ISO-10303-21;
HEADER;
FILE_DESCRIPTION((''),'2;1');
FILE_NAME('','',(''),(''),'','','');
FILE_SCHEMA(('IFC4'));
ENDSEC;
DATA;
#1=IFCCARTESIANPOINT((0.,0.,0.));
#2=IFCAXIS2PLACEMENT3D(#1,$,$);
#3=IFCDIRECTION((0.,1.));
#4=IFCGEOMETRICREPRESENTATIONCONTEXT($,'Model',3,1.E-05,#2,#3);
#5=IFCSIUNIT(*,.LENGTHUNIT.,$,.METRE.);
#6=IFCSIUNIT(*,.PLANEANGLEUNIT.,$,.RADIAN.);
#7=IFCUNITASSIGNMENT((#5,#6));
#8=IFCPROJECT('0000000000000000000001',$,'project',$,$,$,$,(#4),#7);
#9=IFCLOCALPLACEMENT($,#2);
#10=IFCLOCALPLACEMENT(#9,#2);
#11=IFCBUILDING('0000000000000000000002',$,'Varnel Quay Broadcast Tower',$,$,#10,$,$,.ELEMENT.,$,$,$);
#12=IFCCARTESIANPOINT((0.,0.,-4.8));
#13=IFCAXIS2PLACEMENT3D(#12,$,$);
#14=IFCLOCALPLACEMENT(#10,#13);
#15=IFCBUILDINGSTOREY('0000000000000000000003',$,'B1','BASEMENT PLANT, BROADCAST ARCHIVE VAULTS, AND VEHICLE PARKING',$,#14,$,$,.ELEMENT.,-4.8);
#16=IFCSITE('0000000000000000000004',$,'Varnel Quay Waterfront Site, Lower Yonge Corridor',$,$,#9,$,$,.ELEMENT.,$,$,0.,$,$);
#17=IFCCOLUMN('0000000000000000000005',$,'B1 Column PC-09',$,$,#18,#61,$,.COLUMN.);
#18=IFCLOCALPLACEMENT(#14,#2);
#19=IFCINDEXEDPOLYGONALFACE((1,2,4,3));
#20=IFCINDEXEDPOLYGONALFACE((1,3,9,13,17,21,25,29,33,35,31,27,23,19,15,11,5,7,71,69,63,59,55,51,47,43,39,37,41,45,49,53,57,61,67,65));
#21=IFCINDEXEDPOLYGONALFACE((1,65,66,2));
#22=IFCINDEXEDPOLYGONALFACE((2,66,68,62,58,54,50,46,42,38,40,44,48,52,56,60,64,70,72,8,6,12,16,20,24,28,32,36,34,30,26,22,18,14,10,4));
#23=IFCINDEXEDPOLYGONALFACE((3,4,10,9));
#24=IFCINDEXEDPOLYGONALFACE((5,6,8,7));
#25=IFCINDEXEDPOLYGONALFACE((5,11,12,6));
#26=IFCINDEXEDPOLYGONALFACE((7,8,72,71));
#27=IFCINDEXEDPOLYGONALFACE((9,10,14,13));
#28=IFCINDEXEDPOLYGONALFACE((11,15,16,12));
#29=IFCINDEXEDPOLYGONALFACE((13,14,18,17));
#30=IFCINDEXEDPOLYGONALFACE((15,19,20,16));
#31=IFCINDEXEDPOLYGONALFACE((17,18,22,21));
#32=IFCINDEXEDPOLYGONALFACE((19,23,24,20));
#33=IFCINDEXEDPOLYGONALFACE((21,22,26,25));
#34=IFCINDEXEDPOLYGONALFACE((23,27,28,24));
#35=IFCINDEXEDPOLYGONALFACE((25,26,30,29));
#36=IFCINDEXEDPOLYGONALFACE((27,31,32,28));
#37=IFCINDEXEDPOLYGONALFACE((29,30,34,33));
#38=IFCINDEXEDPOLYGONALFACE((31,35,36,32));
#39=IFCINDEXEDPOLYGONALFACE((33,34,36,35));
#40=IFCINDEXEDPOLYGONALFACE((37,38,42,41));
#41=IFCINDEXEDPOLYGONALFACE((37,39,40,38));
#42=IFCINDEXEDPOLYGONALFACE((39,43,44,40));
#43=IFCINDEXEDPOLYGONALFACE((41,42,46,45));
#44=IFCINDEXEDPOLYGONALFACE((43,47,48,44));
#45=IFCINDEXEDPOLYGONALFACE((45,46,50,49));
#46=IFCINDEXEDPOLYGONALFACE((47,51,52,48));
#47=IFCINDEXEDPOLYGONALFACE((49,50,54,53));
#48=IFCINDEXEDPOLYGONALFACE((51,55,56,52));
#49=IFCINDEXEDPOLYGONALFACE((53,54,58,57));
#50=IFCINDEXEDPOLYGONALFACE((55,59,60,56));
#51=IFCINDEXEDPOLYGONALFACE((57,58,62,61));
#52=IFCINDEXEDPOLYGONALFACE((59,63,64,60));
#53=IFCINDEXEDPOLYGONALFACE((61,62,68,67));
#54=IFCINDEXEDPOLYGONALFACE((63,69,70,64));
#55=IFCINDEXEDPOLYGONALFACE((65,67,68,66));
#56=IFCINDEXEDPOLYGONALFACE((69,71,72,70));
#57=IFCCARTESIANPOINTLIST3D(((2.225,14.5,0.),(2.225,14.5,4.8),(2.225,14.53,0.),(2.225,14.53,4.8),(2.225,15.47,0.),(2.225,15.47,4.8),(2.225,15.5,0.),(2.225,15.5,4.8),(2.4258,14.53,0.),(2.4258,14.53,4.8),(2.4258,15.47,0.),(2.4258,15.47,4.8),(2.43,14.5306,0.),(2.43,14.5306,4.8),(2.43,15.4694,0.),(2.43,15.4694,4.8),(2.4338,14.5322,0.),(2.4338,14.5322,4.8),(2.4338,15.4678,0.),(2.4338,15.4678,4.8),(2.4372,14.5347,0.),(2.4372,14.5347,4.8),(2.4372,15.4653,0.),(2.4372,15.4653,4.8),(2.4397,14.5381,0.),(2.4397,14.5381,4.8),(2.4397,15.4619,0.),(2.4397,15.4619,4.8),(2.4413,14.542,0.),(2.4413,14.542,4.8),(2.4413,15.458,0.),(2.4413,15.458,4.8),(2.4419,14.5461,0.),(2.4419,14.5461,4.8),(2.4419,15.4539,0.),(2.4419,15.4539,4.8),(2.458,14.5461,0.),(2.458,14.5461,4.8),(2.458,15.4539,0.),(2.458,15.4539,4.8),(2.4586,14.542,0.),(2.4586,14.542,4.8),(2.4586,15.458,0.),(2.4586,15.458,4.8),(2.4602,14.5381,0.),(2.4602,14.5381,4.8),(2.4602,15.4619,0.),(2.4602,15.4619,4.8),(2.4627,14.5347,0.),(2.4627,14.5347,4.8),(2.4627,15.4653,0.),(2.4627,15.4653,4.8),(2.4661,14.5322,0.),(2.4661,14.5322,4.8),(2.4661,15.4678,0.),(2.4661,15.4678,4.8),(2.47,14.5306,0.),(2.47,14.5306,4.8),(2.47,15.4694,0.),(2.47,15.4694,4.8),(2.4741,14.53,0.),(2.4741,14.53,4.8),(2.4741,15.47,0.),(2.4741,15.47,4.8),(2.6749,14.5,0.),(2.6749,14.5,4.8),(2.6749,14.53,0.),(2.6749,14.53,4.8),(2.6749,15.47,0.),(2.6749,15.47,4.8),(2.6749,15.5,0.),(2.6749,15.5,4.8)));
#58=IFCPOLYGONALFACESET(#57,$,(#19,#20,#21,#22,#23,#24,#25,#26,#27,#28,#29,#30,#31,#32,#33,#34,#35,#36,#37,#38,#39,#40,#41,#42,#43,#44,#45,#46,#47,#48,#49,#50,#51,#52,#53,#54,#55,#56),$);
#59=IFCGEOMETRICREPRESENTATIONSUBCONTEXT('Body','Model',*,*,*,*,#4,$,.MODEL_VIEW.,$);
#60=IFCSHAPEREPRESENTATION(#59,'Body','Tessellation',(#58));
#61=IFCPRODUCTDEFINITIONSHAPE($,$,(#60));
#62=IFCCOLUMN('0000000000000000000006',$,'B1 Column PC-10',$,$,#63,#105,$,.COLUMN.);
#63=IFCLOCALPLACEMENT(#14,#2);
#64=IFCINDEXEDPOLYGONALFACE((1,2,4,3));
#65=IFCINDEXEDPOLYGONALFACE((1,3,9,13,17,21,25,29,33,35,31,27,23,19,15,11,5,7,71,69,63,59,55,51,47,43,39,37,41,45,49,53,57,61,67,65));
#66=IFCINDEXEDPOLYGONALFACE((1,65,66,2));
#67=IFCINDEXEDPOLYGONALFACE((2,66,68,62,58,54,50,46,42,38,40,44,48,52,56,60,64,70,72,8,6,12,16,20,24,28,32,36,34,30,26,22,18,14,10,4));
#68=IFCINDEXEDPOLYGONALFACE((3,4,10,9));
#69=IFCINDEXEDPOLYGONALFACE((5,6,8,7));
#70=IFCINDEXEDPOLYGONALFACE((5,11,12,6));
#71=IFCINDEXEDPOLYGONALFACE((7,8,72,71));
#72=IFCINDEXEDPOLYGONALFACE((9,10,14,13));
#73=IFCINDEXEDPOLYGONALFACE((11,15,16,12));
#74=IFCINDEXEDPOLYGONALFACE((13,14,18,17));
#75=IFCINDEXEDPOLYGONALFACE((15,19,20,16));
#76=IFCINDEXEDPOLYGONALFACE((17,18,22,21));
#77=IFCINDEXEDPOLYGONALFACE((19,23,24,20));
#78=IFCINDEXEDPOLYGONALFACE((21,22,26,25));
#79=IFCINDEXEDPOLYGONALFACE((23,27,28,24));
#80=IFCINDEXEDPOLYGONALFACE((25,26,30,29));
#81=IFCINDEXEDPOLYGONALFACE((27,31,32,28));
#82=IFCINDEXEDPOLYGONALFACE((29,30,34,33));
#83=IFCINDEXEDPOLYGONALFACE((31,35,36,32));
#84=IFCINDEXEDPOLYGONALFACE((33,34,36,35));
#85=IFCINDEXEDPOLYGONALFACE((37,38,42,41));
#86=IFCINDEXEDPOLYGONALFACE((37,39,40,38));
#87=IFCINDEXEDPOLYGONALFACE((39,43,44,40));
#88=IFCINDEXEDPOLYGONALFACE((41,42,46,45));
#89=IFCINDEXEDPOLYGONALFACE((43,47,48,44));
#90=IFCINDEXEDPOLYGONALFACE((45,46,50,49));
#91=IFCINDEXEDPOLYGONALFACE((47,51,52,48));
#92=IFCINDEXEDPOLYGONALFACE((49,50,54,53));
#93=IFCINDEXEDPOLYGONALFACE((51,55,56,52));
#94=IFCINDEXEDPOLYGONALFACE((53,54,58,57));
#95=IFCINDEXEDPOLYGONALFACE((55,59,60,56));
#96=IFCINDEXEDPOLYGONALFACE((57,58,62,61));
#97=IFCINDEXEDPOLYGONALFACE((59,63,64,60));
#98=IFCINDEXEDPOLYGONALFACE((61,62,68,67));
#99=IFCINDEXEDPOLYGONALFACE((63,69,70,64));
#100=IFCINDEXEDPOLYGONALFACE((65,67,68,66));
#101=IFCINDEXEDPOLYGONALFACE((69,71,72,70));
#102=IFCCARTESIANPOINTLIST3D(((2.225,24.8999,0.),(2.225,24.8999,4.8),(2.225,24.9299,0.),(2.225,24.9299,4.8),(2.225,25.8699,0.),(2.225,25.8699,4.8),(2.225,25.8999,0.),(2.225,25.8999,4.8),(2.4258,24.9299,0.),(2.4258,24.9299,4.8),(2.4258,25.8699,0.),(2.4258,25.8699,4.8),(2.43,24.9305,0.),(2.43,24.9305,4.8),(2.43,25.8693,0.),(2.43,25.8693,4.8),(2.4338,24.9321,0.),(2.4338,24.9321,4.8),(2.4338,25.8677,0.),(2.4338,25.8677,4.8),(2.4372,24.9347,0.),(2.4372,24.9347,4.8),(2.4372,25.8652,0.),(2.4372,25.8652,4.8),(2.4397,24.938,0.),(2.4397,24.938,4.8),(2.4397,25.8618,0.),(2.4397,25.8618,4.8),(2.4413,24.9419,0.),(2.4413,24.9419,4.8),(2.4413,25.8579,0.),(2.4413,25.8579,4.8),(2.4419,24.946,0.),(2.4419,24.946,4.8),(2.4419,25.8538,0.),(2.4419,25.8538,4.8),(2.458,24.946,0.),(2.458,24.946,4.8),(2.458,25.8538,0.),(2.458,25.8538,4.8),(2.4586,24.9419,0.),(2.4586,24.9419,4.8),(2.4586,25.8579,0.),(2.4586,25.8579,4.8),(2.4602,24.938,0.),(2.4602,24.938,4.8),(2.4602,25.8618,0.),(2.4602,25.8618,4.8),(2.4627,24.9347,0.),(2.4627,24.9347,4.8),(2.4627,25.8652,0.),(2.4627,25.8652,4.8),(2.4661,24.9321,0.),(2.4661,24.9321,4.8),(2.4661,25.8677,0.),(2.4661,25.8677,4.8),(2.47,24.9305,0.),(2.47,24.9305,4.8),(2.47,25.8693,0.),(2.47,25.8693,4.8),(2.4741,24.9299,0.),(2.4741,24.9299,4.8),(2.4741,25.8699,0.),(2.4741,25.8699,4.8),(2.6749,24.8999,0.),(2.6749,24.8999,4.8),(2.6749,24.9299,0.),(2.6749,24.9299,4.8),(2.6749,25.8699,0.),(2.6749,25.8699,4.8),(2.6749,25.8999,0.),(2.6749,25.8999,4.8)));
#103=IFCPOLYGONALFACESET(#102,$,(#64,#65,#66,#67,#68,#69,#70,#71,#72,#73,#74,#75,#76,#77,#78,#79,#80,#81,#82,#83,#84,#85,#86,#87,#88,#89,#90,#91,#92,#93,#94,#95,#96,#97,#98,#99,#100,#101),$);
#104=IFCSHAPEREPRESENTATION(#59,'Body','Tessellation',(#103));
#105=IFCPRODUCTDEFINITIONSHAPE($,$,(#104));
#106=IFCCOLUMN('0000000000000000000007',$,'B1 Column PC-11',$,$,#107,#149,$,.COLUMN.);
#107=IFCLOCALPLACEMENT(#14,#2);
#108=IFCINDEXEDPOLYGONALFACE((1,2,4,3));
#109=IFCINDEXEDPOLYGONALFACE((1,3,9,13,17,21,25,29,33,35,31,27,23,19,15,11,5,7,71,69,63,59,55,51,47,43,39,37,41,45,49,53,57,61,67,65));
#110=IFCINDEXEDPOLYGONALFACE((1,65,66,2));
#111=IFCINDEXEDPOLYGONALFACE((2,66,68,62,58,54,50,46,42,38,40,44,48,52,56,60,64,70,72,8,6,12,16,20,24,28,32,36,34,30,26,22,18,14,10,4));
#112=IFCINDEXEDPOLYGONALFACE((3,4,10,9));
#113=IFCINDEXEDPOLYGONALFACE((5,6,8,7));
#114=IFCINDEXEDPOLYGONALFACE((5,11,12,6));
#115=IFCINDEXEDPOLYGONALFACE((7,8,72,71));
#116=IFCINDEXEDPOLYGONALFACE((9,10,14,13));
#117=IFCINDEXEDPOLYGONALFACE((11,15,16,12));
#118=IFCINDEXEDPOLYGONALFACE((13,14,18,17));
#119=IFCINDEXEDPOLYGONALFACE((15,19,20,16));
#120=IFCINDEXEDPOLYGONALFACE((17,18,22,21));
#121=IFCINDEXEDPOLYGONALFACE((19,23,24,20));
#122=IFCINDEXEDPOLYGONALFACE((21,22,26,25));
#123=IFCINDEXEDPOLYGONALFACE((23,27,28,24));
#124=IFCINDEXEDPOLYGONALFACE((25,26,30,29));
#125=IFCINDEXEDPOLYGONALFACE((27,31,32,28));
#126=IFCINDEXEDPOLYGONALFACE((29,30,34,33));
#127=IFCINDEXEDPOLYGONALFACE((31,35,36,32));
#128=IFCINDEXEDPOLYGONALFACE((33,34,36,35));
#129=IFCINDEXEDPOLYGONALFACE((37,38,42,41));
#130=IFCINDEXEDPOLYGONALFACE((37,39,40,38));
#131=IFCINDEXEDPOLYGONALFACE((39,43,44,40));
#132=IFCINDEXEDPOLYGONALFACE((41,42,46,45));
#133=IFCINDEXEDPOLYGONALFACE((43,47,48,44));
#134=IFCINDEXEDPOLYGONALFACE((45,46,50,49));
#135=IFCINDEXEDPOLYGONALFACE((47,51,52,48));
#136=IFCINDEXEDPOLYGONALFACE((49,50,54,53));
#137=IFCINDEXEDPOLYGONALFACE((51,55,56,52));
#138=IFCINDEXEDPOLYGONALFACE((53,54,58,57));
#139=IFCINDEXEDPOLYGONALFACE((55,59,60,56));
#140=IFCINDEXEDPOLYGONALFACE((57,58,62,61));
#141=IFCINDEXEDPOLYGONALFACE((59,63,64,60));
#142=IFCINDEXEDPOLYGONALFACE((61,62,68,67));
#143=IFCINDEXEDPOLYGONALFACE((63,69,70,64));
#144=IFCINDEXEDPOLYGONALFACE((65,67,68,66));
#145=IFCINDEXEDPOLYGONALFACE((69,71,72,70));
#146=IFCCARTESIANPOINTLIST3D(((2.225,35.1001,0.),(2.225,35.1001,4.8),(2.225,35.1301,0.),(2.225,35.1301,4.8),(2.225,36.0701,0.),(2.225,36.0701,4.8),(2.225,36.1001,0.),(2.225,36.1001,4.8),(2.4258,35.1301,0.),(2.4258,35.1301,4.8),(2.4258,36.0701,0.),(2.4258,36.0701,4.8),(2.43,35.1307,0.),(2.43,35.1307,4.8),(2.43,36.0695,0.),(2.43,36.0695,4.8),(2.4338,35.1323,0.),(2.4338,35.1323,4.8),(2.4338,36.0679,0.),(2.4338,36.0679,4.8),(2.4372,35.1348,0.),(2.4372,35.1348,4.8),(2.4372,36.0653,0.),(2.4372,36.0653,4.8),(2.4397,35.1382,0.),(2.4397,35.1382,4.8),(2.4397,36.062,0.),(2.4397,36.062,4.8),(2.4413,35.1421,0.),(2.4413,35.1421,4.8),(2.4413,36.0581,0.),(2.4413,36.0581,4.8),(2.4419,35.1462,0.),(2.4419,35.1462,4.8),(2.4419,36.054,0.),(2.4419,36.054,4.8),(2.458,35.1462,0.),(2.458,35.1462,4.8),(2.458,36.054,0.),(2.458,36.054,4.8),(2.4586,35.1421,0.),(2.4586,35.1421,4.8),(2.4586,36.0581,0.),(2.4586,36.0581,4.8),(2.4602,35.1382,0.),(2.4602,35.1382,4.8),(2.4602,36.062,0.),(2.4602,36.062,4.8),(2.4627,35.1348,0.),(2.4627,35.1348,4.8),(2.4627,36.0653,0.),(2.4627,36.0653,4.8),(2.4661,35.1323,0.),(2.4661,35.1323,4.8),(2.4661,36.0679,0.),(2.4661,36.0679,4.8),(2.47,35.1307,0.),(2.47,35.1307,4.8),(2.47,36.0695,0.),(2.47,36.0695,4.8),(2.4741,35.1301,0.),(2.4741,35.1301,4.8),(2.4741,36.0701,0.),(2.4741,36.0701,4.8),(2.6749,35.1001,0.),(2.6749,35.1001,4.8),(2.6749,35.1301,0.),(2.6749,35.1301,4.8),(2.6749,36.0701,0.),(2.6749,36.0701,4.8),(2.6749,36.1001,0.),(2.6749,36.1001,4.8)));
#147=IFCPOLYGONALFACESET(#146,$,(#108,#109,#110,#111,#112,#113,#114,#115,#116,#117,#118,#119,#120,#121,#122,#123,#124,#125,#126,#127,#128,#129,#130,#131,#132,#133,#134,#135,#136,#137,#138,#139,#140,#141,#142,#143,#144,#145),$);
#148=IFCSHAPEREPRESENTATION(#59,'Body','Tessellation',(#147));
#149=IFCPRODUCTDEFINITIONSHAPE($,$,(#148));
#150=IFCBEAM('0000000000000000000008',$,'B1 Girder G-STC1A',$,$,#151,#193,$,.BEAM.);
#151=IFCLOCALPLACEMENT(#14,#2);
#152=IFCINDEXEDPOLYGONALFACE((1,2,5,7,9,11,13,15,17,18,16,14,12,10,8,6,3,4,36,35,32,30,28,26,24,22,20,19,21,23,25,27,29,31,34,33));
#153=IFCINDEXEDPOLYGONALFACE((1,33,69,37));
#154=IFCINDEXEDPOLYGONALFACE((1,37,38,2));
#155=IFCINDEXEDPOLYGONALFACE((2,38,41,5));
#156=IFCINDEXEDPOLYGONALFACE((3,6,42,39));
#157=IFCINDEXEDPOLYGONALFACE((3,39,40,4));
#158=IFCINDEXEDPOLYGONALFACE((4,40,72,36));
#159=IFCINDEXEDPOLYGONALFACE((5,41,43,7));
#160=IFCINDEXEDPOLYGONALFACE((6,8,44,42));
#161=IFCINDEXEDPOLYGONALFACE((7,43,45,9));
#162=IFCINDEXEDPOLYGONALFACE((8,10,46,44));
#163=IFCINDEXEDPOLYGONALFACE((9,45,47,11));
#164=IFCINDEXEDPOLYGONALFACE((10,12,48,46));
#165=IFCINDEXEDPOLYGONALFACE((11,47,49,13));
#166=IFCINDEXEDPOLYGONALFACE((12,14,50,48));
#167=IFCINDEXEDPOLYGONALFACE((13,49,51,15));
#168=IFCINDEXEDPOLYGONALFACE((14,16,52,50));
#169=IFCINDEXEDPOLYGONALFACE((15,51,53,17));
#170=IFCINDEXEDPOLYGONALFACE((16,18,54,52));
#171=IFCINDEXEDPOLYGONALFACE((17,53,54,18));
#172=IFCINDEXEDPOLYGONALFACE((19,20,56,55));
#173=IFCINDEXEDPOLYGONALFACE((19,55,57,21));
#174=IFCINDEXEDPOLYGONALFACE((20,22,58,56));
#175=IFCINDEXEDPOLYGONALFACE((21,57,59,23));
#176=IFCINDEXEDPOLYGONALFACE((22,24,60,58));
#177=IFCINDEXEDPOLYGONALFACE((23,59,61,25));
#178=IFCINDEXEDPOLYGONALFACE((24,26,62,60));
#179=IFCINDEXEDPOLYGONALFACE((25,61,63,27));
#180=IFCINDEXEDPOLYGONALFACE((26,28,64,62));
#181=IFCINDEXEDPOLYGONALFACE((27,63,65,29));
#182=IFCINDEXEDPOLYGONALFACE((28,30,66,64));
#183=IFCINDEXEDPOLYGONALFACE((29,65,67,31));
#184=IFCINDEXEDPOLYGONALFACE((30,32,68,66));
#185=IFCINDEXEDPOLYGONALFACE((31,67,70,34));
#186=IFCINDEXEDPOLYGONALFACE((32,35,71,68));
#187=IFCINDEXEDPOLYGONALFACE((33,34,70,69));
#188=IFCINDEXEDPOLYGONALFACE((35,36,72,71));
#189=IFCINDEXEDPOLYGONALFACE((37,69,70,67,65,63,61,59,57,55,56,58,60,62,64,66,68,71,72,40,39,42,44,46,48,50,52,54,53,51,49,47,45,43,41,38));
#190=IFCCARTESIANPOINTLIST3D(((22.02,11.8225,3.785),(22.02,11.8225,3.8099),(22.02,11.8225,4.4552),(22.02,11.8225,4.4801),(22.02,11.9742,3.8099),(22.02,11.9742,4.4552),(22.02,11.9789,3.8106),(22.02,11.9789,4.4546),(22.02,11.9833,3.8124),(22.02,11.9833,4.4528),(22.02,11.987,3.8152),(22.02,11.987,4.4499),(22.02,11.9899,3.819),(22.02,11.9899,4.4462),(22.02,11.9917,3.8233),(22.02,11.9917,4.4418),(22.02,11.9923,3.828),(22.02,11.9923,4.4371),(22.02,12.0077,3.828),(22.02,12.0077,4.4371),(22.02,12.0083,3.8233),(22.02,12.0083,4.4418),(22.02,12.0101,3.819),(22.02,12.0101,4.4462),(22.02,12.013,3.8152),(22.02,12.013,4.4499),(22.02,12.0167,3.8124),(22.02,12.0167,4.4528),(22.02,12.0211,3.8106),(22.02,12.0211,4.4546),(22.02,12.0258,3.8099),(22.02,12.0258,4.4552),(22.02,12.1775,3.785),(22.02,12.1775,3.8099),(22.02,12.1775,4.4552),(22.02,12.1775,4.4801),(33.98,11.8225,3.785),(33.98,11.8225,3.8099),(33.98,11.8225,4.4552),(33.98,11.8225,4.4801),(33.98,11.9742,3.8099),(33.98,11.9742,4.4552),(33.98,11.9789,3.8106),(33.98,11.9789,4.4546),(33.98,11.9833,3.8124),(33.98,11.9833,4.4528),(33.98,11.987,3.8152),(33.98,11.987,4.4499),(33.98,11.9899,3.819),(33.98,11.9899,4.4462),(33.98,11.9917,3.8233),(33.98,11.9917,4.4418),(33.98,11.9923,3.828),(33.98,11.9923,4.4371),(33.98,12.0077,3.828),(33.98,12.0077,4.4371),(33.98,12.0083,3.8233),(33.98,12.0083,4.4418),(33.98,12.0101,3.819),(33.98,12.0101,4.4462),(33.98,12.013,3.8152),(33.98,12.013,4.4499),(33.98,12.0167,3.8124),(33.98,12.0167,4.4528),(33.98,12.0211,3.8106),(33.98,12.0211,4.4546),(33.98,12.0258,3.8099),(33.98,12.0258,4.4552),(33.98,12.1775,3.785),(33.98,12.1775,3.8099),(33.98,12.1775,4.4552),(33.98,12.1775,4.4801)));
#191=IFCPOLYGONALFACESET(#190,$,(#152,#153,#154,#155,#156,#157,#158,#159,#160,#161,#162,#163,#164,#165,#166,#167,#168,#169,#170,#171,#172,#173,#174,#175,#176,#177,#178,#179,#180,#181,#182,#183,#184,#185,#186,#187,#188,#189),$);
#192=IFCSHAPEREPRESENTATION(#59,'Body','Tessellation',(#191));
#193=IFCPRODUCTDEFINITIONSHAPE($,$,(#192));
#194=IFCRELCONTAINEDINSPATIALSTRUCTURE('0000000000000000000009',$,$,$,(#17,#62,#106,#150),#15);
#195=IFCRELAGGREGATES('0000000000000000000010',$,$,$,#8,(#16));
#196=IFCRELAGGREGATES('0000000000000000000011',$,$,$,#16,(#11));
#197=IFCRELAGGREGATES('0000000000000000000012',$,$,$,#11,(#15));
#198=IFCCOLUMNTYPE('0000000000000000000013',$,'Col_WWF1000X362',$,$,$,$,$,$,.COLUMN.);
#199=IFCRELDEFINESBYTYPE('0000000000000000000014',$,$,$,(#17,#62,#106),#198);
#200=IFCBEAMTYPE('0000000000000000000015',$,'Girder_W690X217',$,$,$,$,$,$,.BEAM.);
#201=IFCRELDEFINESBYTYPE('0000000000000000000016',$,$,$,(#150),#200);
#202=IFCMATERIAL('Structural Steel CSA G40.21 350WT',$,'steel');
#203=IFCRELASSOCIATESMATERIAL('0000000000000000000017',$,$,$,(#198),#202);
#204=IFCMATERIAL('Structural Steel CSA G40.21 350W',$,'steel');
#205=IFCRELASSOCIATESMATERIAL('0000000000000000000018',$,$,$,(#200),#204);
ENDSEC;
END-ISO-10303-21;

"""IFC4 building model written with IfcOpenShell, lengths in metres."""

from ifc_helpers import new_model, si_unit, direction, frame, origin, origin_2d, place, context, subcontext, project, spatial, i_section, extrude, source, transform, mapped, material, material_profile, profile_set, type_object, type_shapes, element, save


model = new_model("IFC4")

# Units and contexts
model_context = context("Model", 3, precision=1e-05, world=origin(), true_north=direction((0.0, 1.0)))
body_context = subcontext(model_context, "Body", "Model", "MODEL_VIEW")
ifc_project = project(units=[si_unit("LENGTHUNIT", "METRE"), si_unit("PLANEANGLEUNIT", "RADIAN")], contexts=[model_context])

# Site, building, storey
site_placement = place(None, origin())
site = spatial("IfcSite", under=ifc_project, at=site_placement, Name="Varnel Quay Waterfront Site, Lower Yonge Corridor", CompositionType="ELEMENT", RefElevation=0.0)
building_placement = place(site_placement, origin())
building = spatial("IfcBuilding", under=site, at=building_placement, Name="Varnel Quay Broadcast Tower", CompositionType="ELEMENT")
storey_placement = place(building_placement, frame((0.0, 0.0, -4.8)))
storey = spatial("IfcBuildingStorey", under=building, at=storey_placement, Name="B1", Description="BASEMENT PLANT, BROADCAST ARCHIVE VAULTS, AND VEHICLE PARKING", CompositionType="ELEMENT", Elevation=-4.8)

# Columns
ifc_material_1 = material(Name="Structural Steel CSA G40.21 350WT", Category="steel")
ifc_material_profile_1 = material_profile(ifc_material_1, i_section(OverallWidth=0.45, OverallDepth=1.0, WebThickness=0.0161, FlangeThickness=0.03, FilletRadius=0.0161, at=origin_2d()), Name="WWF1000X362")
ifc_profile_set_1 = profile_set([ifc_material_profile_1], Name="Structural Steel CSA G40.21 350WT")
column_type_1 = type_object("IfcColumnType", Name="Col_WWF1000X362", PredefinedType="COLUMN", material=ifc_profile_set_1)
shared_shape_1 = source(origin(), body_context, "Body", "SweptSolid", [
    extrude(i_section(OverallWidth=0.45, OverallDepth=1.0, WebThickness=0.0161, FlangeThickness=0.03, FilletRadius=0.0161, at=origin_2d()), origin(), (0.0, 0.0, 1.0), 4.8),
])
type_shapes(column_type_1, [shared_shape_1])
for number, where, z_axis, x_axis, name in (
    (1, (2.45, 15.0, 0.0), (0.0, 0.0, 1.0), (1.0, 0.0, 0.0), "B1 Column PC-09"),
    (2, (2.45, 25.3999, 0.0), (0.0, 0.0, 1.0), (1.0, 0.0, 0.0), "B1 Column PC-10"),
    (3, (2.45, 35.6001, 0.0), (0.0, 0.0, 1.0), (1.0, 0.0, 0.0), "B1 Column PC-11"),
):
    element("IfcColumn", number, at=place(storey_placement, frame(where, z_axis=z_axis, x_axis=x_axis)), inside=storey, type_object=column_type_1, Name=name, PredefinedType="COLUMN", context=body_context, shape_type="MappedRepresentation", body=[
        mapped(shared_shape_1, transform((0.0, 0.0, 0.0), x_axis=(1.0, 0.0, 0.0), y_axis=(0.0, 1.0, 0.0), z_axis=(0.0, 0.0, 1.0), scale=1.0)),
    ])

# Beam
ifc_material_2 = material(Name="Structural Steel CSA G40.21 350W", Category="steel")
ifc_material_profile_2 = material_profile(ifc_material_2, i_section(OverallWidth=0.355, OverallDepth=0.6951, WebThickness=0.0154, FlangeThickness=0.0249, FilletRadius=0.0181, at=origin_2d()), Name="W690X217")
ifc_profile_set_2 = profile_set([ifc_material_profile_2], Name="Structural Steel CSA G40.21 350W")
beam_type = type_object("IfcBeamType", Name="Girder_W690X217", PredefinedType="BEAM", material=ifc_profile_set_2)
shared_shape_2 = source(origin(), body_context, "Body", "SweptSolid", [
    extrude(i_section(OverallWidth=0.355, OverallDepth=0.6951, WebThickness=0.0154, FlangeThickness=0.0249, FilletRadius=0.0181, at=origin_2d()), origin(), (0.0, 0.0, 1.0), 11.96),
])
beam_1_placement = place(storey_placement, frame((22.02, 12.0, 4.1326), z_axis=(1.0, 0.0, 0.0), x_axis=(0.0, 1.0, 0.0)))
element("IfcBeam", 4, at=beam_1_placement, inside=storey, type_object=beam_type, Name="B1 Girder G-STC1A", PredefinedType="BEAM", context=body_context, shape_type="MappedRepresentation", body=[
    mapped(shared_shape_2, transform((0.0, 0.0, 0.0), x_axis=(1.0, 0.0, 0.0), y_axis=(0.0, 1.0, 0.0), z_axis=(0.0, 0.0, 1.0), scale=1.0)),
])

save(model, "model.ifc")
